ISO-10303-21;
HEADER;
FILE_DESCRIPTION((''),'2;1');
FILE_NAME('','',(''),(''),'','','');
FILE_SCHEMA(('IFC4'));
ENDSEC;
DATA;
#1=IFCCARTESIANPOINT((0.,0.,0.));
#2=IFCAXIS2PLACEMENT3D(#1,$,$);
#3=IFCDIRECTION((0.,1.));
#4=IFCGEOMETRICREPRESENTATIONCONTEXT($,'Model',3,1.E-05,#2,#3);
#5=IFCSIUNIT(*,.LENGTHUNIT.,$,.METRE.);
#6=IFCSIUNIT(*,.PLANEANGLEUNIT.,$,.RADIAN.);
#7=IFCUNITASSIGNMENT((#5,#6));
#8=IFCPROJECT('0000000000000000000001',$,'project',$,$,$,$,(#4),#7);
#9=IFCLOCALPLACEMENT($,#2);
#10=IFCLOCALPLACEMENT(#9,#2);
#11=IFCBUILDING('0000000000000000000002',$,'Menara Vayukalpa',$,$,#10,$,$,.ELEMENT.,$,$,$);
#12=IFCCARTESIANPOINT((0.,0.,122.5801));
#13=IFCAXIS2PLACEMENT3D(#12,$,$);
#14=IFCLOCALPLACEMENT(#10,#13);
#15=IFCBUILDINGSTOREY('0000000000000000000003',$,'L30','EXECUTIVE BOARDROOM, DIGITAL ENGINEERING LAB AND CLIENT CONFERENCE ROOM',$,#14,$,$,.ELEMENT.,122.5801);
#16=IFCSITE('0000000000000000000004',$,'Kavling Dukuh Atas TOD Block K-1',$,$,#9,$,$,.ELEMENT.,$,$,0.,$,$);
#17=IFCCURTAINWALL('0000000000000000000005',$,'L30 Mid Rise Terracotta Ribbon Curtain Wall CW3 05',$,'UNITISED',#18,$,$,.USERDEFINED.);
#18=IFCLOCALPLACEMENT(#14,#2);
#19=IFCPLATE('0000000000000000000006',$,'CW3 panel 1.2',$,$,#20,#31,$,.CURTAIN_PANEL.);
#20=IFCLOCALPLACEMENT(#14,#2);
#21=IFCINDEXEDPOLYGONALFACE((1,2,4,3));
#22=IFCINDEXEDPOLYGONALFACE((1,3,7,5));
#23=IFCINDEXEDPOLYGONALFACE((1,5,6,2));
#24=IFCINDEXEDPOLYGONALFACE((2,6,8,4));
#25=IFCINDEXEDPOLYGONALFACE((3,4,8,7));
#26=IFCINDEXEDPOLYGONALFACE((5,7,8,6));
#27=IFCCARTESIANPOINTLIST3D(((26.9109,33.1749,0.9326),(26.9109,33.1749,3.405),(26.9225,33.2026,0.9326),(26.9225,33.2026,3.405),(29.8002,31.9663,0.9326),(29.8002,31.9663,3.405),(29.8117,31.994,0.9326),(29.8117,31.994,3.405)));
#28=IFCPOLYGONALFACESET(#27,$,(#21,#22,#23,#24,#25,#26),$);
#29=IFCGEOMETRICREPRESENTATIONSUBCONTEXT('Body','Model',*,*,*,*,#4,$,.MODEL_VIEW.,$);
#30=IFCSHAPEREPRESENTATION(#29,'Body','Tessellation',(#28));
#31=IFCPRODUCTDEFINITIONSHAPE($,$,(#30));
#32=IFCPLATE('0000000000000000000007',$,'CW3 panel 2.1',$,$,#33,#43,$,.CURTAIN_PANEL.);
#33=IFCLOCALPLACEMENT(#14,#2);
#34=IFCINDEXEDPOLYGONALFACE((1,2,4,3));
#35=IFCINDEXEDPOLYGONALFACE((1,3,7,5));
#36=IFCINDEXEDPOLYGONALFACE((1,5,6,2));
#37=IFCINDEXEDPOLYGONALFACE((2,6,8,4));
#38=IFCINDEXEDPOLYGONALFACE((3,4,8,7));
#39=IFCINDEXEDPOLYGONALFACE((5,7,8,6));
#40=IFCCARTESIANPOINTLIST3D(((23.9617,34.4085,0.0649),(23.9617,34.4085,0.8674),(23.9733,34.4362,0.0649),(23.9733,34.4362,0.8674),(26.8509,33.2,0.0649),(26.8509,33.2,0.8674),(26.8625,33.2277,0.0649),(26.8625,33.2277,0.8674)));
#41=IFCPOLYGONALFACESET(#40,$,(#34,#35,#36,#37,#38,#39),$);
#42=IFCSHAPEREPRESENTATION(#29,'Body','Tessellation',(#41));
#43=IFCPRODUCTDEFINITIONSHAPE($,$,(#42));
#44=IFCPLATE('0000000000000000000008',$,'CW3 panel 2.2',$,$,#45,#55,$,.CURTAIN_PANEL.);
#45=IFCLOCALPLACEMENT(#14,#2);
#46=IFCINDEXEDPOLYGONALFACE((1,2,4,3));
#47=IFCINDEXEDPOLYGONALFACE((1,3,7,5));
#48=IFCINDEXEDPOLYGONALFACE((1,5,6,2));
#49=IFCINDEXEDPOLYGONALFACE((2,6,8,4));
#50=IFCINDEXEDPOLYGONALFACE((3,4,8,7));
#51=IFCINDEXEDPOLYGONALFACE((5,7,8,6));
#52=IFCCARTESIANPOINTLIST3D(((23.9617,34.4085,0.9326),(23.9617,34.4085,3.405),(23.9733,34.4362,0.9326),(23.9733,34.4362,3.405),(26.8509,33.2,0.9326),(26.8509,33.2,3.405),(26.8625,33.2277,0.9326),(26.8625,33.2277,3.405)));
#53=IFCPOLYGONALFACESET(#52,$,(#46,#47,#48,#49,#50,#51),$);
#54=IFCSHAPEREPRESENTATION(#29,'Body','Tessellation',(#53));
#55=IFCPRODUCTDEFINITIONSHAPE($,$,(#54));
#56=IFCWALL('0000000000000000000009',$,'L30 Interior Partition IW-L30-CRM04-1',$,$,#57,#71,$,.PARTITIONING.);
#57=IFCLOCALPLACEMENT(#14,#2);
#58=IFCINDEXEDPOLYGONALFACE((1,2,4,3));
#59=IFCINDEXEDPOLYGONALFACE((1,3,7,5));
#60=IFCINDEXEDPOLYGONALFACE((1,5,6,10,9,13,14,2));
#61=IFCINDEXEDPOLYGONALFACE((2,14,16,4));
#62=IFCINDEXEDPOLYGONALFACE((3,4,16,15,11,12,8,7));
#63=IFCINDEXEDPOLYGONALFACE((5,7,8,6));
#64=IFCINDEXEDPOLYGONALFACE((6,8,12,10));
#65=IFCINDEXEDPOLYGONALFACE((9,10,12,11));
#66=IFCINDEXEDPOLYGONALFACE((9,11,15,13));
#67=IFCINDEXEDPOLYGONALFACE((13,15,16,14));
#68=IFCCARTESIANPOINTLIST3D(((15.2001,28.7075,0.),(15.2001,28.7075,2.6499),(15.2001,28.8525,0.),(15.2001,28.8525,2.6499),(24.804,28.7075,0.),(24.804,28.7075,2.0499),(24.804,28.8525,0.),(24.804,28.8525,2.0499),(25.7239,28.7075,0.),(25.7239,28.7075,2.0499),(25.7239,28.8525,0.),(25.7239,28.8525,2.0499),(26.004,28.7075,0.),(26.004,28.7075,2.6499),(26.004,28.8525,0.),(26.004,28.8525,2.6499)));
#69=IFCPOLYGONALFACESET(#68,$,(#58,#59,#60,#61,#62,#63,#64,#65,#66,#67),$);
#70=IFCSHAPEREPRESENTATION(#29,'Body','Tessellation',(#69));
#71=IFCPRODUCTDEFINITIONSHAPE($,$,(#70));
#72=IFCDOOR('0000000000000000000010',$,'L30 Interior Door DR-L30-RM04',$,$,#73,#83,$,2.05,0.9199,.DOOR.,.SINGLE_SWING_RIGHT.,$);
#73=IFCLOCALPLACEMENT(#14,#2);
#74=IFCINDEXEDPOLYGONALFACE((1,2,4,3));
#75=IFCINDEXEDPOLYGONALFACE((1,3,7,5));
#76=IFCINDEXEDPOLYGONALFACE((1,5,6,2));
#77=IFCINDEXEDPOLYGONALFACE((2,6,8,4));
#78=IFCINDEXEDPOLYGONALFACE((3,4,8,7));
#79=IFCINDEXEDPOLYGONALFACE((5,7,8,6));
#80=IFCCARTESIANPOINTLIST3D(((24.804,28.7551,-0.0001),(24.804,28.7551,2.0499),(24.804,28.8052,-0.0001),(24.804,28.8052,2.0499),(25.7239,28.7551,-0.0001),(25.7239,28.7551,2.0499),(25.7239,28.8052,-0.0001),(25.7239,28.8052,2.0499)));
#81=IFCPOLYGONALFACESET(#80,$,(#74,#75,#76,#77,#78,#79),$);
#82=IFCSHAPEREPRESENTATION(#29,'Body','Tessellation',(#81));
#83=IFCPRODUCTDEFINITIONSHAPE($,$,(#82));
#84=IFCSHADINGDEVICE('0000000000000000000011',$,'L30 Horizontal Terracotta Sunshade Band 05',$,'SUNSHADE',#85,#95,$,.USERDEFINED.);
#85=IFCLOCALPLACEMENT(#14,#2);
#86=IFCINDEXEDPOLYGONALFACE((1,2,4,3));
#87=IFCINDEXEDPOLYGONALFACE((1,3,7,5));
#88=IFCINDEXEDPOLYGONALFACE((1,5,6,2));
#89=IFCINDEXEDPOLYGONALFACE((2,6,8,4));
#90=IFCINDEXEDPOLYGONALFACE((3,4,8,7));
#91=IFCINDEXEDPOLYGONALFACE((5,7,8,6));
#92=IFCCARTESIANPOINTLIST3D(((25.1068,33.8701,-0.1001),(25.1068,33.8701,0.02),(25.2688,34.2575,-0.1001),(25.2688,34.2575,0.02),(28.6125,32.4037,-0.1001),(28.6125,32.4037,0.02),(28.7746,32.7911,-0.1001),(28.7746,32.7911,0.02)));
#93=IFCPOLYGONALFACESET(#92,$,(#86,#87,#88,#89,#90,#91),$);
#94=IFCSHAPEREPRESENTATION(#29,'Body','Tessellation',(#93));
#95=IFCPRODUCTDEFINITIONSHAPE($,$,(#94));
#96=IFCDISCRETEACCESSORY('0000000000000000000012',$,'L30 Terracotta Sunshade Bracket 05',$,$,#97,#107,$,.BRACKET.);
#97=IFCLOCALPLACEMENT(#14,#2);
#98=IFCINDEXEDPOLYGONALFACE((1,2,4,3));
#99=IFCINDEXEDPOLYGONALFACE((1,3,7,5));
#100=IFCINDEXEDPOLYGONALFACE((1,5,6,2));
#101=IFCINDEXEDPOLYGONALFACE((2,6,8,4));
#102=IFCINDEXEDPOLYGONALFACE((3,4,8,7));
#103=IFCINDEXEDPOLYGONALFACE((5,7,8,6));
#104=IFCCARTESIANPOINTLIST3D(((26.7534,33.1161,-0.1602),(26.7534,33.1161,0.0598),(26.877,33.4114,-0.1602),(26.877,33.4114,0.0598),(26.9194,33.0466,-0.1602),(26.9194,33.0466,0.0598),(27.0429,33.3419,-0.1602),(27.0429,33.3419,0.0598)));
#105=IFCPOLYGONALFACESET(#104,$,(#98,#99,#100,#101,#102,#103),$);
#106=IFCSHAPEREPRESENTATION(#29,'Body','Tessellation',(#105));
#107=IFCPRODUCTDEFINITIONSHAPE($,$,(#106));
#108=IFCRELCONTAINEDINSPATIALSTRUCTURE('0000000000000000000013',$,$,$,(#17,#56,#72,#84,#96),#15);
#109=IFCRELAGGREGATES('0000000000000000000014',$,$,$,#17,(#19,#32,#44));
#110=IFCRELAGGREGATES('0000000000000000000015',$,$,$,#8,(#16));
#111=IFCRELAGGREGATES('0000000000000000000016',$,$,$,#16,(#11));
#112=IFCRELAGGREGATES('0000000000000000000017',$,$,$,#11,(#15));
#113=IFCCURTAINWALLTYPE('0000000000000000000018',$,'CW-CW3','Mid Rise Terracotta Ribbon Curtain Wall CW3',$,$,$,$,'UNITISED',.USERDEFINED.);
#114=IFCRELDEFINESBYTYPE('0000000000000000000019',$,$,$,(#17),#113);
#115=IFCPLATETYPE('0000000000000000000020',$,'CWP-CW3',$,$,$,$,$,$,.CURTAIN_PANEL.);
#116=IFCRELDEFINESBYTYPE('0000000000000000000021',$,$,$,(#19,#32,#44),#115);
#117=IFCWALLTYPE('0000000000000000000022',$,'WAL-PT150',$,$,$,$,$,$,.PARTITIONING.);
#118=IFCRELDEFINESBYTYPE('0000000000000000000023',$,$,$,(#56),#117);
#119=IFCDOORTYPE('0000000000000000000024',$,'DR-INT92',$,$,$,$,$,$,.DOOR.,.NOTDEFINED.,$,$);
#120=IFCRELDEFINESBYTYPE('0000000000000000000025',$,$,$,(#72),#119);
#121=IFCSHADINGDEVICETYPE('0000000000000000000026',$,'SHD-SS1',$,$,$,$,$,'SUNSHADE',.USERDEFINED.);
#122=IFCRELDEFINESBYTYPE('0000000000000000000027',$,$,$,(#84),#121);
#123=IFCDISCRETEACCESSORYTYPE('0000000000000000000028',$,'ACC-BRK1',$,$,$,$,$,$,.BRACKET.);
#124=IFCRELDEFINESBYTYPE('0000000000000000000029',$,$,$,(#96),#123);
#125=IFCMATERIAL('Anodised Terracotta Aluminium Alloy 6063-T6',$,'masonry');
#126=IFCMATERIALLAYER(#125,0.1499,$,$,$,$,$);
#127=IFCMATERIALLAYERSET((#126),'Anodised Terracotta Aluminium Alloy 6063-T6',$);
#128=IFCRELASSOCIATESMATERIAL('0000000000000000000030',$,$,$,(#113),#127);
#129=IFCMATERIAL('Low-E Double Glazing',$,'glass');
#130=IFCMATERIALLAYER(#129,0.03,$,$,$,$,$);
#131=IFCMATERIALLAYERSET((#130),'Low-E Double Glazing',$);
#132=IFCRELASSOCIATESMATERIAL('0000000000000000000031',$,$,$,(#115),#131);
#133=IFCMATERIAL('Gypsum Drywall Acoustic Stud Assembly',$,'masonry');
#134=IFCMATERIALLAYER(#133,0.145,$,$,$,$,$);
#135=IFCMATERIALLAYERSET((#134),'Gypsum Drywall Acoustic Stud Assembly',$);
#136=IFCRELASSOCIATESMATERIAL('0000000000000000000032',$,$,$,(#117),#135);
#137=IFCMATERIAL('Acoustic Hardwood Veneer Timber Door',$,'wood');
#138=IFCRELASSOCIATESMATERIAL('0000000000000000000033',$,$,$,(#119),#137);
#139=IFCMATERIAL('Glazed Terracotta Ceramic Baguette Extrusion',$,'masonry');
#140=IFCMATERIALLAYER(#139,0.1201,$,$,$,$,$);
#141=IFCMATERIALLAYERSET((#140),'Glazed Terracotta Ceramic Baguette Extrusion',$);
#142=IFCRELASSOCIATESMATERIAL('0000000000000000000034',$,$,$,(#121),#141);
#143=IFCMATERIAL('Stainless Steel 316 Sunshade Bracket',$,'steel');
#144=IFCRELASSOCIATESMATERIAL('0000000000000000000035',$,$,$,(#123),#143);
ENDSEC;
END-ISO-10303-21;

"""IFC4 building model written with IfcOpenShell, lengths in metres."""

from ifc_helpers import new_model, si_unit, direction, frame, frame_2d, origin, origin_2d, place, context, subcontext, project, spatial, rectangle, extrude, material, layer, layer_set, type_object, element, fill, aggregate, save


model = new_model("IFC4")

# Units and contexts
model_context = context("Model", 3, precision=1e-05, world=origin(), true_north=direction((0.0, 1.0)))
body_context = subcontext(model_context, "Body", "Model", "MODEL_VIEW")
ifc_project = project(units=[si_unit("LENGTHUNIT", "METRE"), si_unit("PLANEANGLEUNIT", "RADIAN")], contexts=[model_context])

# Site, building, storey
site_placement = place(None, origin())
site = spatial("IfcSite", under=ifc_project, at=site_placement, Name="Kavling Dukuh Atas TOD Block K-1", CompositionType="ELEMENT", RefElevation=0.0)
building_placement = place(site_placement, origin())
building = spatial("IfcBuilding", under=site, at=building_placement, Name="Menara Vayukalpa", CompositionType="ELEMENT")
storey_placement = place(building_placement, frame((0.0, 0.0, 122.5801)))
storey = spatial("IfcBuildingStorey", under=building, at=storey_placement, Name="L30", Description="EXECUTIVE BOARDROOM, DIGITAL ENGINEERING LAB AND CLIENT CONFERENCE ROOM", CompositionType="ELEMENT", Elevation=122.5801)

# Shared definitions
ifc_material_1 = material(Name="Anodised Terracotta Aluminium Alloy 6063-T6", Category="masonry")
ifc_layer_1 = layer(ifc_material_1, 0.1499)
ifc_layer_set_1 = layer_set([ifc_layer_1], Name="Anodised Terracotta Aluminium Alloy 6063-T6")
curtain_wall_type = type_object("IfcCurtainWallType", Name="CW-CW3", Description="Mid Rise Terracotta Ribbon Curtain Wall CW3", ElementType="UNITISED", PredefinedType="USERDEFINED", material=ifc_layer_set_1)

# Curtain wall, plates
curtain_wall_1_placement = place(storey_placement, origin())
curtain_wall_1 = element("IfcCurtainWall", 1, at=curtain_wall_1_placement, inside=storey, type_object=curtain_wall_type, Name="L30 Mid Rise Terracotta Ribbon Curtain Wall CW3 05", ObjectType="UNITISED", PredefinedType="USERDEFINED")
ifc_material_2 = material(Name="Low-E Double Glazing", Category="glass")
ifc_layer_2 = layer(ifc_material_2, 0.03)
ifc_layer_set_2 = layer_set([ifc_layer_2], Name="Low-E Double Glazing")
plate_type = type_object("IfcPlateType", Name="CWP-CW3", PredefinedType="CURTAIN_PANEL", material=ifc_layer_set_2)
plate_1_placement = place(storey_placement, frame((28.3613, 32.5845, 0.9326), z_axis=(0.0, 0.0, 1.0), x_axis=(-0.922543, 0.385894, 0.0)))
plate_1 = element("IfcPlate", 2, at=plate_1_placement, type_object=plate_type, Name="CW3 panel 1.2", PredefinedType="CURTAIN_PANEL", context=body_context, shape_type="SweptSolid", body=[
    extrude(rectangle(XDim=3.1318, YDim=0.03, at=origin_2d()), origin(), (0.0, 0.0, 1.0), 2.4724),
])
plate_2_placement = place(storey_placement, frame((25.4121, 33.8181, 0.0649), z_axis=(0.0, 0.0, 1.0), x_axis=(-0.922543, 0.385894, 0.0)))
plate_2 = element("IfcPlate", 3, at=plate_2_placement, type_object=plate_type, Name="CW3 panel 2.1", PredefinedType="CURTAIN_PANEL", context=body_context, shape_type="SweptSolid", body=[
    extrude(rectangle(XDim=3.1318, YDim=0.03, at=origin_2d()), origin(), (0.0, 0.0, 1.0), 0.8025),
])
plate_3_placement = place(storey_placement, frame((25.4121, 33.8181, 0.9326), z_axis=(0.0, 0.0, 1.0), x_axis=(-0.922543, 0.385894, 0.0)))
plate_3 = element("IfcPlate", 4, at=plate_3_placement, type_object=plate_type, Name="CW3 panel 2.2", PredefinedType="CURTAIN_PANEL", context=body_context, shape_type="SweptSolid", body=[
    extrude(rectangle(XDim=3.1318, YDim=0.03, at=origin_2d()), origin(), (0.0, 0.0, 1.0), 2.4724),
])
aggregate(curtain_wall_1, [plate_1, plate_2, plate_3])

# Wall, opening, door
ifc_material_3 = material(Name="Gypsum Drywall Acoustic Stud Assembly", Category="masonry")
ifc_layer_3 = layer(ifc_material_3, 0.145)
ifc_layer_set_3 = layer_set([ifc_layer_3], Name="Gypsum Drywall Acoustic Stud Assembly")
wall_type = type_object("IfcWallType", Name="WAL-PT150", PredefinedType="PARTITIONING", material=ifc_layer_set_3)
wall_placement = place(storey_placement, frame((26.0039, 28.78, 0.0), z_axis=(0.0, 0.0, 1.0), x_axis=(-1.0, 0.0, 0.0)))
wall = element("IfcWall", 5, at=wall_placement, inside=storey, type_object=wall_type, Name="L30 Interior Partition IW-L30-CRM04-1", PredefinedType="PARTITIONING", context=body_context, shape_type="SweptSolid", body=[
    extrude(rectangle(XDim=10.804, YDim=0.145, at=frame_2d((5.4019, 0.0))), origin(), (0.0, 0.0, 1.0), 2.6499),
])
opening_placement = place(wall_placement, frame((0.28, 0.0, 0.0)))
opening = element("IfcOpeningElement", 6, at=opening_placement, cuts=wall, PredefinedType="OPENING", context=body_context, shape_type="SweptSolid", body=[
    extrude(rectangle(XDim=0.9199, YDim=2.05, at=frame_2d((0.46, 1.0249))), frame((0.0, 0.0825, 0.0), z_axis=(0.0, -1.0, 0.0), x_axis=(1.0, 0.0, 0.0)), (0.0, 0.0, 1.0), 0.165),
])
ifc_material_4 = material(Name="Acoustic Hardwood Veneer Timber Door", Category="wood")
door_type = type_object("IfcDoorType", Name="DR-INT92", OperationType="NOTDEFINED", PredefinedType="DOOR", material=ifc_material_4)
door_placement = place(opening_placement, origin())
door = element("IfcDoor", 7, at=door_placement, inside=storey, type_object=door_type, Name="L30 Interior Door DR-L30-RM04", OperationType="SINGLE_SWING_RIGHT", OverallHeight=2.05, OverallWidth=0.9199, PredefinedType="DOOR", context=body_context, shape_type="SweptSolid", body=[
    extrude(rectangle(XDim=0.9199, YDim=2.05, at=frame_2d((0.46, 1.0249))), frame((0.0, 0.0249, 0.0), z_axis=(0.0, -1.0, 0.0), x_axis=(1.0, 0.0, 0.0)), (0.0, 0.0, 1.0), 0.05),
])
fill(opening, door)

# Shading device
ifc_material_5 = material(Name="Glazed Terracotta Ceramic Baguette Extrusion", Category="masonry")
ifc_layer_4 = layer(ifc_material_5, 0.1201)
ifc_layer_set_4 = layer_set([ifc_layer_4], Name="Glazed Terracotta Ceramic Baguette Extrusion")
shading_device_type = type_object("IfcShadingDeviceType", Name="SHD-SS1", ElementType="SUNSHADE", PredefinedType="USERDEFINED", material=ifc_layer_set_4)
shading_device_placement = place(storey_placement, frame((26.9407, 33.3306, -0.1001), z_axis=(0.0, 0.0, 1.0), x_axis=(-0.922545, 0.38589, 0.0)))
element("IfcShadingDevice", 8, at=shading_device_placement, inside=storey, type_object=shading_device_type, Name="L30 Horizontal Terracotta Sunshade Band 05", ObjectType="SUNSHADE", PredefinedType="USERDEFINED", context=body_context, shape_type="SweptSolid", body=[
    extrude(rectangle(XDim=3.8, YDim=0.4199, at=origin_2d()), origin(), (0.0, 0.0, 1.0), 0.1201),
])

# Discrete accessory
ifc_material_6 = material(Name="Stainless Steel 316 Sunshade Bracket", Category="steel")
discrete_accessory_type = type_object("IfcDiscreteAccessoryType", Name="ACC-BRK1", PredefinedType="BRACKET", material=ifc_material_6)
discrete_accessory_placement = place(storey_placement, frame((26.8982, 33.229, -0.1602), z_axis=(0.0, 0.0, 1.0), x_axis=(-0.922545, 0.38589, 0.0)))
element("IfcDiscreteAccessory", 9, at=discrete_accessory_placement, inside=storey, type_object=discrete_accessory_type, Name="L30 Terracotta Sunshade Bracket 05", PredefinedType="BRACKET", context=body_context, shape_type="SweptSolid", body=[
    extrude(rectangle(XDim=0.1799, YDim=0.3201, at=origin_2d()), origin(), (0.0, 0.0, 1.0), 0.22),
])

save(model, "model.ifc")
